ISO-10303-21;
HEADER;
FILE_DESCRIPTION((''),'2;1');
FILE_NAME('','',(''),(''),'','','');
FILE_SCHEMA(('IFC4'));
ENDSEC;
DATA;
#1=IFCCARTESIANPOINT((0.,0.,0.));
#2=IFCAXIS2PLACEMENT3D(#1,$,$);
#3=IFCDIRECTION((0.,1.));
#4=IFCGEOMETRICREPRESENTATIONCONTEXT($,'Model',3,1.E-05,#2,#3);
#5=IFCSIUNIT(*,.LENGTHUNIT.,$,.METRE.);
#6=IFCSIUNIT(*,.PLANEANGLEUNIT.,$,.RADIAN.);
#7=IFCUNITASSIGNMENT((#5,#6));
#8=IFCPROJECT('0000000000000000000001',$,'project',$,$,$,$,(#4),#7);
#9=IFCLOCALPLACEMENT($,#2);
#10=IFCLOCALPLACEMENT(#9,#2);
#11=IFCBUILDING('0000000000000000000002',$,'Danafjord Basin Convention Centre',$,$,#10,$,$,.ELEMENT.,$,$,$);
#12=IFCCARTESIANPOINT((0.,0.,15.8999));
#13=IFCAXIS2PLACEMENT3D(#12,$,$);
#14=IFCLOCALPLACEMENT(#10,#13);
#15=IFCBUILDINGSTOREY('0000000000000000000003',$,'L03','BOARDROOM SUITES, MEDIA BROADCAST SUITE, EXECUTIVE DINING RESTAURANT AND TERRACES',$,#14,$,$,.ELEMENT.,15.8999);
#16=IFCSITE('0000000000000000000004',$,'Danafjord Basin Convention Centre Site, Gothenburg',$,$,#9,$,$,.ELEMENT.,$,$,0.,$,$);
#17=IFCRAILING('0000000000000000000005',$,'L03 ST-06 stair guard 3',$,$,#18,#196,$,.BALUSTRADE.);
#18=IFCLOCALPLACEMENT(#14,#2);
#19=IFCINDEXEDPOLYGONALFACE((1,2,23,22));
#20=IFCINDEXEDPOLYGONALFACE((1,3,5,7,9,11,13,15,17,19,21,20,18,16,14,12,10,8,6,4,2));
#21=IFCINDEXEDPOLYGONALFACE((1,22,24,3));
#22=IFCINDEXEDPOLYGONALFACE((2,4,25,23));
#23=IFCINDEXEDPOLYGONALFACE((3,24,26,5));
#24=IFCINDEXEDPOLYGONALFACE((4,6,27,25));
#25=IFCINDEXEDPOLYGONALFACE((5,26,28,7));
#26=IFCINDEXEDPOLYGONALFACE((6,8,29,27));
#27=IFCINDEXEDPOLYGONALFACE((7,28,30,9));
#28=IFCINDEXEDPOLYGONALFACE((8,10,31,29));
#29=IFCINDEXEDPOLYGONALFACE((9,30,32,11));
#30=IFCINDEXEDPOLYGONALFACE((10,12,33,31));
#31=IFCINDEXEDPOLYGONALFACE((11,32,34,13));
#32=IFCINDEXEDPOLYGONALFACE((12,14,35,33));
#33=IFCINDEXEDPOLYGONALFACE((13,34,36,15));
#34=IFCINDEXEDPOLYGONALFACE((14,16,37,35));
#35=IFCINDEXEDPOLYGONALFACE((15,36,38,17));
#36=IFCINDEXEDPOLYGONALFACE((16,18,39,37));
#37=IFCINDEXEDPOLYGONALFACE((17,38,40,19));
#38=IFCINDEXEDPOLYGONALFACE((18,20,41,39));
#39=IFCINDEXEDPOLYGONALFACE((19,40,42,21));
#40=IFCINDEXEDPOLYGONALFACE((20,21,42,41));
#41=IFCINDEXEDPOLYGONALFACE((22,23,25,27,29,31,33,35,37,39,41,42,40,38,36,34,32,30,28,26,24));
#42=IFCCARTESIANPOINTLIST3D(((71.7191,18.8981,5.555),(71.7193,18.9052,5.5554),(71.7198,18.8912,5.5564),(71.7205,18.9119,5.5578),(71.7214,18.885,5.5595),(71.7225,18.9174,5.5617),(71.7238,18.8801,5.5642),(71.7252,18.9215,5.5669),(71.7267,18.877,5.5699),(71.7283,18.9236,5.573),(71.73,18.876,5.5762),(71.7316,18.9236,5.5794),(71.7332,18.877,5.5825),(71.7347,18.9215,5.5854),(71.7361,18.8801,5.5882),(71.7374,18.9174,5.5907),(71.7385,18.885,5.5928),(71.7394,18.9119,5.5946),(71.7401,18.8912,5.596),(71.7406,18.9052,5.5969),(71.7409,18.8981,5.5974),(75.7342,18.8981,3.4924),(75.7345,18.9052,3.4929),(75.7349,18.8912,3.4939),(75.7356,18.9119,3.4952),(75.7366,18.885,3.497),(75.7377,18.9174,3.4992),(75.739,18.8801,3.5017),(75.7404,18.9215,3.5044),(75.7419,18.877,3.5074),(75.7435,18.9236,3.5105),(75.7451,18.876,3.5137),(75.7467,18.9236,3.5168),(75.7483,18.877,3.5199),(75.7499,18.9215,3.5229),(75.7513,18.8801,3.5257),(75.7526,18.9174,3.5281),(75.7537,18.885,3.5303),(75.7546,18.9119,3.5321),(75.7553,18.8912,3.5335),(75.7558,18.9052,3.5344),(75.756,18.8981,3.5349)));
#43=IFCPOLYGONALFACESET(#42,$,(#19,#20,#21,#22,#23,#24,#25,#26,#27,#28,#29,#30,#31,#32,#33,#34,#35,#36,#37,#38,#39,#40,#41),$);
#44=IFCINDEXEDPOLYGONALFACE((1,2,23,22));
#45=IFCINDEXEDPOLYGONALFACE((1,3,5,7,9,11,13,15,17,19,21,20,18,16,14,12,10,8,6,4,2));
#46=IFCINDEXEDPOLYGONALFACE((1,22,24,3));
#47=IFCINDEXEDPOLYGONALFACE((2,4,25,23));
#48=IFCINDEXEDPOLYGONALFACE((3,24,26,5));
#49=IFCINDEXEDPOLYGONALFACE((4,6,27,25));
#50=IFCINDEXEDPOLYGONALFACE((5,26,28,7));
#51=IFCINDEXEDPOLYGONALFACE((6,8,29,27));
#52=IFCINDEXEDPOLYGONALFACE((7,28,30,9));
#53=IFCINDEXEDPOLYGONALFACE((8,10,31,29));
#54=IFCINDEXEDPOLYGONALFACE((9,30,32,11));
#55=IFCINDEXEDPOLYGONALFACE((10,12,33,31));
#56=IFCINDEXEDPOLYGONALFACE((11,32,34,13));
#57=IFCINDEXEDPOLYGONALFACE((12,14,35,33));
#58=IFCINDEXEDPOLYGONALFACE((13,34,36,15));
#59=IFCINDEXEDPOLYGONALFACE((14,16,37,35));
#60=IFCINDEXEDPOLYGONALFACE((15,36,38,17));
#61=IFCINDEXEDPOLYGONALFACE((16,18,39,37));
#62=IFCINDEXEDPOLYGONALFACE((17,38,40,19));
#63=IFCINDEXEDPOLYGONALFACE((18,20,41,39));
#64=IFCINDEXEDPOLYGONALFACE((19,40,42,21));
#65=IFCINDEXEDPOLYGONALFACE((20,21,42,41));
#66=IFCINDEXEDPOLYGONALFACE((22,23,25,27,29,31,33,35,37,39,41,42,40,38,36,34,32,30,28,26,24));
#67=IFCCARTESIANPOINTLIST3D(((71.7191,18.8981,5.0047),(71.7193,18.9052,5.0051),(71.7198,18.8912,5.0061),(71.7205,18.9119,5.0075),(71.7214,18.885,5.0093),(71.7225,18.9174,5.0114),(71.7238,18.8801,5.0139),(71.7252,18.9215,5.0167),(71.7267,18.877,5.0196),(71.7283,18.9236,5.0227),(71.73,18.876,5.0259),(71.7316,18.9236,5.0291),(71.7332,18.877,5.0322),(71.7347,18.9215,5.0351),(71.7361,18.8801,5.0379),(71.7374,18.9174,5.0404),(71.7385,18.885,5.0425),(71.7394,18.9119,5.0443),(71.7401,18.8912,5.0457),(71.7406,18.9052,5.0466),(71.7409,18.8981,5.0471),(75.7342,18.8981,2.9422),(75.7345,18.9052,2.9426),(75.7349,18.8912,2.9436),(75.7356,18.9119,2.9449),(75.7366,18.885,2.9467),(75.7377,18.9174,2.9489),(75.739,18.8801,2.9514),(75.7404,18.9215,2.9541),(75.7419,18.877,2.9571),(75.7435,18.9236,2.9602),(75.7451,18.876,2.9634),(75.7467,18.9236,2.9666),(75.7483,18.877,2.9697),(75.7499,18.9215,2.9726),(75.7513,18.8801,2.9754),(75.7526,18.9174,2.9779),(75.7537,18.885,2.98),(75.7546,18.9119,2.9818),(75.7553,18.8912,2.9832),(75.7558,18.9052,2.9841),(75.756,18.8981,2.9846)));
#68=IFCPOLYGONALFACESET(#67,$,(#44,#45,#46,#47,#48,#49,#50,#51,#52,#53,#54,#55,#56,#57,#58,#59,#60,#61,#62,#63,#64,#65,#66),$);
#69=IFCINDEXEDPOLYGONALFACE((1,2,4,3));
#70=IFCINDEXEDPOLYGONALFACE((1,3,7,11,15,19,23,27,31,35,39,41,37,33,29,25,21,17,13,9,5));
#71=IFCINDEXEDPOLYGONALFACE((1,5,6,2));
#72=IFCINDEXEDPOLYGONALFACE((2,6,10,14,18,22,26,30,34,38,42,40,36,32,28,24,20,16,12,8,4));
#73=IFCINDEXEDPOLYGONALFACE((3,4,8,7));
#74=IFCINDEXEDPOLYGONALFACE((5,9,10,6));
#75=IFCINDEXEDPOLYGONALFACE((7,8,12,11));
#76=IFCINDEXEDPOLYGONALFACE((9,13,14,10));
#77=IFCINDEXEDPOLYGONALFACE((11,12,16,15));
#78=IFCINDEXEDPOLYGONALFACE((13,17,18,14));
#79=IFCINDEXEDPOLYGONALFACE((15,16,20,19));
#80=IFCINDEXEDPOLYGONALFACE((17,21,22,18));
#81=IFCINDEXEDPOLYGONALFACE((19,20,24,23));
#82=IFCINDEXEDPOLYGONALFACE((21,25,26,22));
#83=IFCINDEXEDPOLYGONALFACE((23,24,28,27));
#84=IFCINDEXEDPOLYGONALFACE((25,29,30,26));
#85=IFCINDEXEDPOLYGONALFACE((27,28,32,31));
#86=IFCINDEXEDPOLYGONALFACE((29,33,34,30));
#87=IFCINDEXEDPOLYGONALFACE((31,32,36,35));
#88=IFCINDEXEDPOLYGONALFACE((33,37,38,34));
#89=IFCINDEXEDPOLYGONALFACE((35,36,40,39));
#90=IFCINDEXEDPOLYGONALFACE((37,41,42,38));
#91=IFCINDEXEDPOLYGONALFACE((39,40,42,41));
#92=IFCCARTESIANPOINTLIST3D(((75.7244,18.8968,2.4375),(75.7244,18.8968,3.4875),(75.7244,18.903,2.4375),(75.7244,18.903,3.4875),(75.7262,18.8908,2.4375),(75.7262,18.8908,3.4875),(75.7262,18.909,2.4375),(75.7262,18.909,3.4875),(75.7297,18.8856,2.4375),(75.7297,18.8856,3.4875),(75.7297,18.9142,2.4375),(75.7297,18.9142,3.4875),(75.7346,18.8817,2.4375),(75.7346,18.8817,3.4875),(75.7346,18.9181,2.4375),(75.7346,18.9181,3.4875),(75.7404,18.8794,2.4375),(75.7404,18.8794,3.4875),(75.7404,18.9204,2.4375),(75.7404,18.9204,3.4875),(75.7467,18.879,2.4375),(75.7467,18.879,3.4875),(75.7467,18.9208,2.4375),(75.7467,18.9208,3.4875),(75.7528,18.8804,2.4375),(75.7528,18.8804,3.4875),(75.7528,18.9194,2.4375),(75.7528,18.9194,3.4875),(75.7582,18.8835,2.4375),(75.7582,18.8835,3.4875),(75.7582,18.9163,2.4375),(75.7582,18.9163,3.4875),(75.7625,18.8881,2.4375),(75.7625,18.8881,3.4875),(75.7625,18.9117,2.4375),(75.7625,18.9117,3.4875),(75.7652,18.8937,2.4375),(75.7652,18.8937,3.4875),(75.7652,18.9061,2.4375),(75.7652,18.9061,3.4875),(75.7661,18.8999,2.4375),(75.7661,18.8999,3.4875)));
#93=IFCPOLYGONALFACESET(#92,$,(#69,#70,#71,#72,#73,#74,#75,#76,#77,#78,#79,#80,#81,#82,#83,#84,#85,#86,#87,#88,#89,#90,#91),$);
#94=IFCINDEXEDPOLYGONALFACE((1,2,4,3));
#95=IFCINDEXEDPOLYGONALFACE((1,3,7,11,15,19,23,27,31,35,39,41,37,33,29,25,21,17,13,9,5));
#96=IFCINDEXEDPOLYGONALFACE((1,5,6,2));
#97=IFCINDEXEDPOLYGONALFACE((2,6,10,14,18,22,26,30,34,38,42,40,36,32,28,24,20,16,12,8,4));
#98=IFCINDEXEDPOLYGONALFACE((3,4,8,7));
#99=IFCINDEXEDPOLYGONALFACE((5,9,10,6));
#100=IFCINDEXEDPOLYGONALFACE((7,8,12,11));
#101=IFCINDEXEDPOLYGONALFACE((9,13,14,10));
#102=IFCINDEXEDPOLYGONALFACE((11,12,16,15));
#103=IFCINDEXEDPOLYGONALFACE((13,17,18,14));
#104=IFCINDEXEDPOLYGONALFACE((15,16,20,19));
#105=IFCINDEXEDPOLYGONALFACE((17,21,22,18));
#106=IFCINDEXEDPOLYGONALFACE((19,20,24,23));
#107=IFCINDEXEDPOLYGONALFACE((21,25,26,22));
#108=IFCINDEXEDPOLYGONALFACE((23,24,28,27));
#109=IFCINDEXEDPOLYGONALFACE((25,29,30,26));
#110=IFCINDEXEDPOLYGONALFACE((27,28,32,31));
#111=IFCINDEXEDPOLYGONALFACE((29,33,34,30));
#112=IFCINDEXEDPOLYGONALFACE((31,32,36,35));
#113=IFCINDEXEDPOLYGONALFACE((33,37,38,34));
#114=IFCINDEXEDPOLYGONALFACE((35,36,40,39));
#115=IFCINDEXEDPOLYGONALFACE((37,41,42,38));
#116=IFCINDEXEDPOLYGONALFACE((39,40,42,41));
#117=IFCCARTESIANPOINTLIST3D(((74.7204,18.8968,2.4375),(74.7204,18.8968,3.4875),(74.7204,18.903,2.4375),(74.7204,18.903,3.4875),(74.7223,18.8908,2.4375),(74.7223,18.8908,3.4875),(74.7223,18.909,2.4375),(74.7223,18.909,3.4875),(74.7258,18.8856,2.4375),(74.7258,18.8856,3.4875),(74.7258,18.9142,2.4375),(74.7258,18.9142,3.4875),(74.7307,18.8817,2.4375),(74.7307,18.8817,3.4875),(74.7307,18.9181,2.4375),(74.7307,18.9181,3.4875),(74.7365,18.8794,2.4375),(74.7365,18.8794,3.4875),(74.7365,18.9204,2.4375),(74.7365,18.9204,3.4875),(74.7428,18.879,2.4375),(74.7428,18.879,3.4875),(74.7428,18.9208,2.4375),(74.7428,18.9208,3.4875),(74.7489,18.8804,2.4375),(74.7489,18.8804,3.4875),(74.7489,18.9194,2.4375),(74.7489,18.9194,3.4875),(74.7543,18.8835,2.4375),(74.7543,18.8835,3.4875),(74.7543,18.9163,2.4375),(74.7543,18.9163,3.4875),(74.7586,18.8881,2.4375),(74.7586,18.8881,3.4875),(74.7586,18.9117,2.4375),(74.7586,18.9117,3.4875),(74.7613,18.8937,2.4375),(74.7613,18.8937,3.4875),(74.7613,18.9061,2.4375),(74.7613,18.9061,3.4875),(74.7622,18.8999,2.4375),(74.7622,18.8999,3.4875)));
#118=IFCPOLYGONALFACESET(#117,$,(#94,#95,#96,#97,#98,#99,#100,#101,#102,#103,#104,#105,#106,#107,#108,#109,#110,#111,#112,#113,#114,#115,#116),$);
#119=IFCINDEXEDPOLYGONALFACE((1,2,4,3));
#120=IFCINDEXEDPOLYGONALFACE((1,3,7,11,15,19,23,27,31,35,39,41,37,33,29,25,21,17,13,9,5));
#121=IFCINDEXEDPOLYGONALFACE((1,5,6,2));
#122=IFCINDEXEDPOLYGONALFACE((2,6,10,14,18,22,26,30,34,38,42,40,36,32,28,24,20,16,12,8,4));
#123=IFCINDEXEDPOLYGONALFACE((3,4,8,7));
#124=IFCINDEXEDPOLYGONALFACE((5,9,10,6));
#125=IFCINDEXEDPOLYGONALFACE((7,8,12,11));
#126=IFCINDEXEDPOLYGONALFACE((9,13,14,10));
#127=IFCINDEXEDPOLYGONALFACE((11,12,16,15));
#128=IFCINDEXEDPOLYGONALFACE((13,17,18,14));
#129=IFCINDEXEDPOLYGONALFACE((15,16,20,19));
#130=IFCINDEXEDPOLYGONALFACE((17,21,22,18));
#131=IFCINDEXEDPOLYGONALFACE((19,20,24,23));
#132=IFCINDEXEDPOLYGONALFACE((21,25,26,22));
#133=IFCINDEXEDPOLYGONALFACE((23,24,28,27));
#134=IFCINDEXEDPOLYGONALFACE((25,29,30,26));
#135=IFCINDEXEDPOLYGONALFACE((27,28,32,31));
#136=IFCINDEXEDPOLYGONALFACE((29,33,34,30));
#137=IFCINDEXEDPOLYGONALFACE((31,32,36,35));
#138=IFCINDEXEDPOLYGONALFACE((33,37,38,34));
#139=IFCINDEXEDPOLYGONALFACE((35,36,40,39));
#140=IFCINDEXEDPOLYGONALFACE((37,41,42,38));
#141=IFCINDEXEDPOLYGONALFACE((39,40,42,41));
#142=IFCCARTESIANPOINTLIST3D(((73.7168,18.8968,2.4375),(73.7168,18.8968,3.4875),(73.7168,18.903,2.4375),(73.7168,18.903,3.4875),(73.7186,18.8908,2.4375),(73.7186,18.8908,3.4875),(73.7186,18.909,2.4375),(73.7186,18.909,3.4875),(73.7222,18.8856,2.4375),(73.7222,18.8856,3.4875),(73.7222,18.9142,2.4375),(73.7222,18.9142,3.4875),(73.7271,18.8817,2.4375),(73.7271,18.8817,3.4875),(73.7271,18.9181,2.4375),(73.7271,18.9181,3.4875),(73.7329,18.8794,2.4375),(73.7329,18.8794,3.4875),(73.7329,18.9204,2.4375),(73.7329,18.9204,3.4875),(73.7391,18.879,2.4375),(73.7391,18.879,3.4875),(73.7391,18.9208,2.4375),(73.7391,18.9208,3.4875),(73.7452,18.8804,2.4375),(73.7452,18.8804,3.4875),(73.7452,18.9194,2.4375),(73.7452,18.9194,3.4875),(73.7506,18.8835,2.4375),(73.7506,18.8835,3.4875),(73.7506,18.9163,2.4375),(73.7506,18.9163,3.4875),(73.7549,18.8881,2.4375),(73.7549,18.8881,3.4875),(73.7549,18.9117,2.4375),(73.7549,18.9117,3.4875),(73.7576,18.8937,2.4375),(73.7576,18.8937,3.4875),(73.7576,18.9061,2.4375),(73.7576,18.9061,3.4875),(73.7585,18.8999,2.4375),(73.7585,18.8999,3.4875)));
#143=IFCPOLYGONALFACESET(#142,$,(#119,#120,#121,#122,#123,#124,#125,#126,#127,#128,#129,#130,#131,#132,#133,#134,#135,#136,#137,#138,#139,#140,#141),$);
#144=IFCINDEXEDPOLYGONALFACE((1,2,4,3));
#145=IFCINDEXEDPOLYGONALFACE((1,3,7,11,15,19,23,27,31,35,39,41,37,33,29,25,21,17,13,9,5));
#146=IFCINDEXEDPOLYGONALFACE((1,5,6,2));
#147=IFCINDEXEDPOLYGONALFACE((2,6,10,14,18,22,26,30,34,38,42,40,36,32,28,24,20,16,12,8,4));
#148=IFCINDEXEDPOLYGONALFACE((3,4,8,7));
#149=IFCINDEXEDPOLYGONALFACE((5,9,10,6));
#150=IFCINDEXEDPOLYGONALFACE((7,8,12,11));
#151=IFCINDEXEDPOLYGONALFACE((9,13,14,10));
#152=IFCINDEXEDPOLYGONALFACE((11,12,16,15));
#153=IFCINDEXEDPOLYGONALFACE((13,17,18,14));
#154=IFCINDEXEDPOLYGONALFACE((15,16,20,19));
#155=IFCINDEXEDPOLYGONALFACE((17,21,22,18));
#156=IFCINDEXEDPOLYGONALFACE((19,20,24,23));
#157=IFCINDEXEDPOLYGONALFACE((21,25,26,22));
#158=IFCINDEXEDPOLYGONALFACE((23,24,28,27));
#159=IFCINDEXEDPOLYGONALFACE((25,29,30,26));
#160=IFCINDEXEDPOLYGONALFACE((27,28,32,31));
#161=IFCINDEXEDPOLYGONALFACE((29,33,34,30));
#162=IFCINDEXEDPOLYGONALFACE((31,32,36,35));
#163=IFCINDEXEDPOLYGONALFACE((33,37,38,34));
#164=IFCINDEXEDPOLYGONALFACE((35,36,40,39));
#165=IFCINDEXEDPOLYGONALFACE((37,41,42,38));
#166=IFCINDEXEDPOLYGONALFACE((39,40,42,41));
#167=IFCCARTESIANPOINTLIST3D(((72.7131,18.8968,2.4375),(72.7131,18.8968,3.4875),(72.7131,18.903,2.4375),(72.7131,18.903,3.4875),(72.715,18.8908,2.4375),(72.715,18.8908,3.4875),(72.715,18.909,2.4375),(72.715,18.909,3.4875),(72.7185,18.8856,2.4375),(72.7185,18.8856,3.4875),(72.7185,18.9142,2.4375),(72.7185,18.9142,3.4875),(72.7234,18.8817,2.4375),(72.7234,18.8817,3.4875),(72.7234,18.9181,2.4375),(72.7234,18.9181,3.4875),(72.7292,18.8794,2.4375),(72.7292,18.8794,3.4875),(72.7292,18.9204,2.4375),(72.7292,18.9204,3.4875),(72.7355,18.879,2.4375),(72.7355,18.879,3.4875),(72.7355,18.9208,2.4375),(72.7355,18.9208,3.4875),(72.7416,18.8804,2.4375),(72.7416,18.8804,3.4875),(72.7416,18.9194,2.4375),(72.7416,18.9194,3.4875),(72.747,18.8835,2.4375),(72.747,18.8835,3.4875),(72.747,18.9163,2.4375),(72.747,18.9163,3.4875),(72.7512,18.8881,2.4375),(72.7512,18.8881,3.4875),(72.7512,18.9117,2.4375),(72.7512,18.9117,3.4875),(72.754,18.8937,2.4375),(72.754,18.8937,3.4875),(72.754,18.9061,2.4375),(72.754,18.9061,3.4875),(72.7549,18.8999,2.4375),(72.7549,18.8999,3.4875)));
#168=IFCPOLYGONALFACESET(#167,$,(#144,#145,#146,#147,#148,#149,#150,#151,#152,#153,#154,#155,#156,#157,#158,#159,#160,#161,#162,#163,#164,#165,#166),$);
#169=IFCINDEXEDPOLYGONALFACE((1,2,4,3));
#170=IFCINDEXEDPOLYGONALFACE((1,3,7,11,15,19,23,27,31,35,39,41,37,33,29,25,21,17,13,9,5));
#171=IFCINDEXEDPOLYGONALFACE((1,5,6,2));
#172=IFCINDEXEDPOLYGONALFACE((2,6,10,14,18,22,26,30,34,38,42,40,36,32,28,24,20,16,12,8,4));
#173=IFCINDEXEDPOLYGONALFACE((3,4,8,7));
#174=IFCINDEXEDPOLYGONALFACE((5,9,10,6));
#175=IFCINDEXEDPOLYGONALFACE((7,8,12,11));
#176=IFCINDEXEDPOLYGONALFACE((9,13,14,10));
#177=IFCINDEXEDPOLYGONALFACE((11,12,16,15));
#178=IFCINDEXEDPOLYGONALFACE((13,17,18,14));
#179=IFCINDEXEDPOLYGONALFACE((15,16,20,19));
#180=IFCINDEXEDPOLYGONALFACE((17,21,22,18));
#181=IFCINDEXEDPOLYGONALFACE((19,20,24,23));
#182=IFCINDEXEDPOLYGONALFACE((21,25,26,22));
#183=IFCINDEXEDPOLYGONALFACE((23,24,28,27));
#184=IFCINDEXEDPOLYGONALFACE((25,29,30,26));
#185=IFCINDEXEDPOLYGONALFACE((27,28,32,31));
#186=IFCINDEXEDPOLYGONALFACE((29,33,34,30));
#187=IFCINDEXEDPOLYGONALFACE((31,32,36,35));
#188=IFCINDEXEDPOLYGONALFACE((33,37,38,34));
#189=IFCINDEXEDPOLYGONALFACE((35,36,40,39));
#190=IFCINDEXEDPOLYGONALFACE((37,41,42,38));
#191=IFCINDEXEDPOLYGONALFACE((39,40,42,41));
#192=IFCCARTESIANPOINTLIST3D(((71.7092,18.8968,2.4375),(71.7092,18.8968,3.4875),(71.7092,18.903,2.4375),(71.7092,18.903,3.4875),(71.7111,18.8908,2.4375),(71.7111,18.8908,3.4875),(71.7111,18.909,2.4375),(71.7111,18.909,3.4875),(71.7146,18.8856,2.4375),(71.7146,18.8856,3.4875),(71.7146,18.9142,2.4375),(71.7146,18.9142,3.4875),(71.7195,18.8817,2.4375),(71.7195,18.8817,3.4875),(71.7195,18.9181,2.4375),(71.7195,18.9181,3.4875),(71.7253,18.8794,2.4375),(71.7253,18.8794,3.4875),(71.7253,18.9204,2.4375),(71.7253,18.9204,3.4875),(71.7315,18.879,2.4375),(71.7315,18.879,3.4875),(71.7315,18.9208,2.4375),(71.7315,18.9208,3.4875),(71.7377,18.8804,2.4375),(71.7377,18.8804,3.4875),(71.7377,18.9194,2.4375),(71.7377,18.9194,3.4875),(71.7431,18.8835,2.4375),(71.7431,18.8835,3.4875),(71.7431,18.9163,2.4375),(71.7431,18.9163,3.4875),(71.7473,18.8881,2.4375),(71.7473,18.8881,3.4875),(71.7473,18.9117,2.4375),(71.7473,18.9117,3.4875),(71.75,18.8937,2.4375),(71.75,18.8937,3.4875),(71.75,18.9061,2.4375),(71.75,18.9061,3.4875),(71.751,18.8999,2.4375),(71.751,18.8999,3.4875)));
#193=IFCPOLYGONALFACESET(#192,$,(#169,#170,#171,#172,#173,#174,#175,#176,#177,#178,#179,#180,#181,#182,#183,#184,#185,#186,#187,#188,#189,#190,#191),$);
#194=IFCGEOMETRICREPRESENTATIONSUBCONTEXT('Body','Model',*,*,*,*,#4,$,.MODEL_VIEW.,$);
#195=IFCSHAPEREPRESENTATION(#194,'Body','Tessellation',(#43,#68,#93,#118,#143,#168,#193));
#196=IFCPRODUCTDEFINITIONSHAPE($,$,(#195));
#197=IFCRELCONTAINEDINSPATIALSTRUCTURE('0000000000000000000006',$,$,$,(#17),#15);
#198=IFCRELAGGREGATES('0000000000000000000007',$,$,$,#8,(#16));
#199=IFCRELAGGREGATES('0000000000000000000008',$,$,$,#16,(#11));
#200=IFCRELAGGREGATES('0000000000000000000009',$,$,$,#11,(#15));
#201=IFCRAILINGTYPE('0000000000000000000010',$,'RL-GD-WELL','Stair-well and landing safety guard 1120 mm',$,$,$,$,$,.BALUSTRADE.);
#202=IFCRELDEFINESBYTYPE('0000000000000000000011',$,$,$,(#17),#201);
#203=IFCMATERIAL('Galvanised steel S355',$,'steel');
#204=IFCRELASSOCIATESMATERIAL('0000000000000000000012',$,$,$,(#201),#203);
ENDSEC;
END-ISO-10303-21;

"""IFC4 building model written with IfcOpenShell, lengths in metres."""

from ifc_helpers import new_model, si_unit, direction, frame, origin, origin_2d, place, context, subcontext, project, spatial, circle, extrude, material, type_object, element, save


model = new_model("IFC4")

# Units and contexts
model_context = context("Model", 3, precision=1e-05, world=origin(), true_north=direction((0.0, 1.0)))
body_context = subcontext(model_context, "Body", "Model", "MODEL_VIEW")
ifc_project = project(units=[si_unit("LENGTHUNIT", "METRE"), si_unit("PLANEANGLEUNIT", "RADIAN")], contexts=[model_context])

# Site, building, storey
site_placement = place(None, origin())
site = spatial("IfcSite", under=ifc_project, at=site_placement, Name="Danafjord Basin Convention Centre Site, Gothenburg", CompositionType="ELEMENT", RefElevation=0.0)
building_placement = place(site_placement, origin())
building = spatial("IfcBuilding", under=site, at=building_placement, Name="Danafjord Basin Convention Centre", CompositionType="ELEMENT")
storey_placement = place(building_placement, frame((0.0, 0.0, 15.8999)))
storey = spatial("IfcBuildingStorey", under=building, at=storey_placement, Name="L03", Description="BOARDROOM SUITES, MEDIA BROADCAST SUITE, EXECUTIVE DINING RESTAURANT AND TERRACES", CompositionType="ELEMENT", Elevation=15.8999)

# Railing
ifc_material_1 = material(Name="Galvanised steel S355", Category="steel")
railing_type_1 = type_object("IfcRailingType", Name="RL-GD-WELL", Description="Stair-well and landing safety guard 1120 mm", PredefinedType="BALUSTRADE", material=ifc_material_1)
railing_1_placement = place(storey_placement, frame((75.7451, 18.8999, 2.4375)))
element("IfcRailing", 1, at=railing_1_placement, inside=storey, type_object=railing_type_1, Name="L03 ST-06 stair guard 3", PredefinedType="BALUSTRADE", context=body_context, shape_type="SweptSolid", body=[
    extrude(circle(Radius=0.0239, at=origin_2d()), frame((0.0, 0.0, 1.0762), z_axis=(-0.889506, 0.0, 0.456923), x_axis=(0.0, -1.0, 0.0)), (0.0, 0.0, 1.0), 4.5139),
    extrude(circle(Radius=0.0239, at=origin_2d()), frame((0.0, 0.0, 0.5259), z_axis=(-0.889506, 0.0, 0.456923), x_axis=(0.0, -1.0, 0.0)), (0.0, 0.0, 1.0), 4.5139),
    extrude(circle(Radius=0.021, at=origin_2d()), origin(), (0.0, 0.0, 1.0), 1.05),
    extrude(circle(Radius=0.021, at=origin_2d()), frame((-1.0039, 0.0, 0.0)), (0.0, 0.0, 1.0), 1.05),
    extrude(circle(Radius=0.021, at=origin_2d()), frame((-2.0076, 0.0, 0.0)), (0.0, 0.0, 1.0), 1.05),
    extrude(circle(Radius=0.021, at=origin_2d()), frame((-3.0112, 0.0, 0.0)), (0.0, 0.0, 1.0), 1.05),
    extrude(circle(Radius=0.021, at=origin_2d()), frame((-4.0151, 0.0, 0.0)), (0.0, 0.0, 1.0), 1.05),
])

save(model, "model.ifc")
